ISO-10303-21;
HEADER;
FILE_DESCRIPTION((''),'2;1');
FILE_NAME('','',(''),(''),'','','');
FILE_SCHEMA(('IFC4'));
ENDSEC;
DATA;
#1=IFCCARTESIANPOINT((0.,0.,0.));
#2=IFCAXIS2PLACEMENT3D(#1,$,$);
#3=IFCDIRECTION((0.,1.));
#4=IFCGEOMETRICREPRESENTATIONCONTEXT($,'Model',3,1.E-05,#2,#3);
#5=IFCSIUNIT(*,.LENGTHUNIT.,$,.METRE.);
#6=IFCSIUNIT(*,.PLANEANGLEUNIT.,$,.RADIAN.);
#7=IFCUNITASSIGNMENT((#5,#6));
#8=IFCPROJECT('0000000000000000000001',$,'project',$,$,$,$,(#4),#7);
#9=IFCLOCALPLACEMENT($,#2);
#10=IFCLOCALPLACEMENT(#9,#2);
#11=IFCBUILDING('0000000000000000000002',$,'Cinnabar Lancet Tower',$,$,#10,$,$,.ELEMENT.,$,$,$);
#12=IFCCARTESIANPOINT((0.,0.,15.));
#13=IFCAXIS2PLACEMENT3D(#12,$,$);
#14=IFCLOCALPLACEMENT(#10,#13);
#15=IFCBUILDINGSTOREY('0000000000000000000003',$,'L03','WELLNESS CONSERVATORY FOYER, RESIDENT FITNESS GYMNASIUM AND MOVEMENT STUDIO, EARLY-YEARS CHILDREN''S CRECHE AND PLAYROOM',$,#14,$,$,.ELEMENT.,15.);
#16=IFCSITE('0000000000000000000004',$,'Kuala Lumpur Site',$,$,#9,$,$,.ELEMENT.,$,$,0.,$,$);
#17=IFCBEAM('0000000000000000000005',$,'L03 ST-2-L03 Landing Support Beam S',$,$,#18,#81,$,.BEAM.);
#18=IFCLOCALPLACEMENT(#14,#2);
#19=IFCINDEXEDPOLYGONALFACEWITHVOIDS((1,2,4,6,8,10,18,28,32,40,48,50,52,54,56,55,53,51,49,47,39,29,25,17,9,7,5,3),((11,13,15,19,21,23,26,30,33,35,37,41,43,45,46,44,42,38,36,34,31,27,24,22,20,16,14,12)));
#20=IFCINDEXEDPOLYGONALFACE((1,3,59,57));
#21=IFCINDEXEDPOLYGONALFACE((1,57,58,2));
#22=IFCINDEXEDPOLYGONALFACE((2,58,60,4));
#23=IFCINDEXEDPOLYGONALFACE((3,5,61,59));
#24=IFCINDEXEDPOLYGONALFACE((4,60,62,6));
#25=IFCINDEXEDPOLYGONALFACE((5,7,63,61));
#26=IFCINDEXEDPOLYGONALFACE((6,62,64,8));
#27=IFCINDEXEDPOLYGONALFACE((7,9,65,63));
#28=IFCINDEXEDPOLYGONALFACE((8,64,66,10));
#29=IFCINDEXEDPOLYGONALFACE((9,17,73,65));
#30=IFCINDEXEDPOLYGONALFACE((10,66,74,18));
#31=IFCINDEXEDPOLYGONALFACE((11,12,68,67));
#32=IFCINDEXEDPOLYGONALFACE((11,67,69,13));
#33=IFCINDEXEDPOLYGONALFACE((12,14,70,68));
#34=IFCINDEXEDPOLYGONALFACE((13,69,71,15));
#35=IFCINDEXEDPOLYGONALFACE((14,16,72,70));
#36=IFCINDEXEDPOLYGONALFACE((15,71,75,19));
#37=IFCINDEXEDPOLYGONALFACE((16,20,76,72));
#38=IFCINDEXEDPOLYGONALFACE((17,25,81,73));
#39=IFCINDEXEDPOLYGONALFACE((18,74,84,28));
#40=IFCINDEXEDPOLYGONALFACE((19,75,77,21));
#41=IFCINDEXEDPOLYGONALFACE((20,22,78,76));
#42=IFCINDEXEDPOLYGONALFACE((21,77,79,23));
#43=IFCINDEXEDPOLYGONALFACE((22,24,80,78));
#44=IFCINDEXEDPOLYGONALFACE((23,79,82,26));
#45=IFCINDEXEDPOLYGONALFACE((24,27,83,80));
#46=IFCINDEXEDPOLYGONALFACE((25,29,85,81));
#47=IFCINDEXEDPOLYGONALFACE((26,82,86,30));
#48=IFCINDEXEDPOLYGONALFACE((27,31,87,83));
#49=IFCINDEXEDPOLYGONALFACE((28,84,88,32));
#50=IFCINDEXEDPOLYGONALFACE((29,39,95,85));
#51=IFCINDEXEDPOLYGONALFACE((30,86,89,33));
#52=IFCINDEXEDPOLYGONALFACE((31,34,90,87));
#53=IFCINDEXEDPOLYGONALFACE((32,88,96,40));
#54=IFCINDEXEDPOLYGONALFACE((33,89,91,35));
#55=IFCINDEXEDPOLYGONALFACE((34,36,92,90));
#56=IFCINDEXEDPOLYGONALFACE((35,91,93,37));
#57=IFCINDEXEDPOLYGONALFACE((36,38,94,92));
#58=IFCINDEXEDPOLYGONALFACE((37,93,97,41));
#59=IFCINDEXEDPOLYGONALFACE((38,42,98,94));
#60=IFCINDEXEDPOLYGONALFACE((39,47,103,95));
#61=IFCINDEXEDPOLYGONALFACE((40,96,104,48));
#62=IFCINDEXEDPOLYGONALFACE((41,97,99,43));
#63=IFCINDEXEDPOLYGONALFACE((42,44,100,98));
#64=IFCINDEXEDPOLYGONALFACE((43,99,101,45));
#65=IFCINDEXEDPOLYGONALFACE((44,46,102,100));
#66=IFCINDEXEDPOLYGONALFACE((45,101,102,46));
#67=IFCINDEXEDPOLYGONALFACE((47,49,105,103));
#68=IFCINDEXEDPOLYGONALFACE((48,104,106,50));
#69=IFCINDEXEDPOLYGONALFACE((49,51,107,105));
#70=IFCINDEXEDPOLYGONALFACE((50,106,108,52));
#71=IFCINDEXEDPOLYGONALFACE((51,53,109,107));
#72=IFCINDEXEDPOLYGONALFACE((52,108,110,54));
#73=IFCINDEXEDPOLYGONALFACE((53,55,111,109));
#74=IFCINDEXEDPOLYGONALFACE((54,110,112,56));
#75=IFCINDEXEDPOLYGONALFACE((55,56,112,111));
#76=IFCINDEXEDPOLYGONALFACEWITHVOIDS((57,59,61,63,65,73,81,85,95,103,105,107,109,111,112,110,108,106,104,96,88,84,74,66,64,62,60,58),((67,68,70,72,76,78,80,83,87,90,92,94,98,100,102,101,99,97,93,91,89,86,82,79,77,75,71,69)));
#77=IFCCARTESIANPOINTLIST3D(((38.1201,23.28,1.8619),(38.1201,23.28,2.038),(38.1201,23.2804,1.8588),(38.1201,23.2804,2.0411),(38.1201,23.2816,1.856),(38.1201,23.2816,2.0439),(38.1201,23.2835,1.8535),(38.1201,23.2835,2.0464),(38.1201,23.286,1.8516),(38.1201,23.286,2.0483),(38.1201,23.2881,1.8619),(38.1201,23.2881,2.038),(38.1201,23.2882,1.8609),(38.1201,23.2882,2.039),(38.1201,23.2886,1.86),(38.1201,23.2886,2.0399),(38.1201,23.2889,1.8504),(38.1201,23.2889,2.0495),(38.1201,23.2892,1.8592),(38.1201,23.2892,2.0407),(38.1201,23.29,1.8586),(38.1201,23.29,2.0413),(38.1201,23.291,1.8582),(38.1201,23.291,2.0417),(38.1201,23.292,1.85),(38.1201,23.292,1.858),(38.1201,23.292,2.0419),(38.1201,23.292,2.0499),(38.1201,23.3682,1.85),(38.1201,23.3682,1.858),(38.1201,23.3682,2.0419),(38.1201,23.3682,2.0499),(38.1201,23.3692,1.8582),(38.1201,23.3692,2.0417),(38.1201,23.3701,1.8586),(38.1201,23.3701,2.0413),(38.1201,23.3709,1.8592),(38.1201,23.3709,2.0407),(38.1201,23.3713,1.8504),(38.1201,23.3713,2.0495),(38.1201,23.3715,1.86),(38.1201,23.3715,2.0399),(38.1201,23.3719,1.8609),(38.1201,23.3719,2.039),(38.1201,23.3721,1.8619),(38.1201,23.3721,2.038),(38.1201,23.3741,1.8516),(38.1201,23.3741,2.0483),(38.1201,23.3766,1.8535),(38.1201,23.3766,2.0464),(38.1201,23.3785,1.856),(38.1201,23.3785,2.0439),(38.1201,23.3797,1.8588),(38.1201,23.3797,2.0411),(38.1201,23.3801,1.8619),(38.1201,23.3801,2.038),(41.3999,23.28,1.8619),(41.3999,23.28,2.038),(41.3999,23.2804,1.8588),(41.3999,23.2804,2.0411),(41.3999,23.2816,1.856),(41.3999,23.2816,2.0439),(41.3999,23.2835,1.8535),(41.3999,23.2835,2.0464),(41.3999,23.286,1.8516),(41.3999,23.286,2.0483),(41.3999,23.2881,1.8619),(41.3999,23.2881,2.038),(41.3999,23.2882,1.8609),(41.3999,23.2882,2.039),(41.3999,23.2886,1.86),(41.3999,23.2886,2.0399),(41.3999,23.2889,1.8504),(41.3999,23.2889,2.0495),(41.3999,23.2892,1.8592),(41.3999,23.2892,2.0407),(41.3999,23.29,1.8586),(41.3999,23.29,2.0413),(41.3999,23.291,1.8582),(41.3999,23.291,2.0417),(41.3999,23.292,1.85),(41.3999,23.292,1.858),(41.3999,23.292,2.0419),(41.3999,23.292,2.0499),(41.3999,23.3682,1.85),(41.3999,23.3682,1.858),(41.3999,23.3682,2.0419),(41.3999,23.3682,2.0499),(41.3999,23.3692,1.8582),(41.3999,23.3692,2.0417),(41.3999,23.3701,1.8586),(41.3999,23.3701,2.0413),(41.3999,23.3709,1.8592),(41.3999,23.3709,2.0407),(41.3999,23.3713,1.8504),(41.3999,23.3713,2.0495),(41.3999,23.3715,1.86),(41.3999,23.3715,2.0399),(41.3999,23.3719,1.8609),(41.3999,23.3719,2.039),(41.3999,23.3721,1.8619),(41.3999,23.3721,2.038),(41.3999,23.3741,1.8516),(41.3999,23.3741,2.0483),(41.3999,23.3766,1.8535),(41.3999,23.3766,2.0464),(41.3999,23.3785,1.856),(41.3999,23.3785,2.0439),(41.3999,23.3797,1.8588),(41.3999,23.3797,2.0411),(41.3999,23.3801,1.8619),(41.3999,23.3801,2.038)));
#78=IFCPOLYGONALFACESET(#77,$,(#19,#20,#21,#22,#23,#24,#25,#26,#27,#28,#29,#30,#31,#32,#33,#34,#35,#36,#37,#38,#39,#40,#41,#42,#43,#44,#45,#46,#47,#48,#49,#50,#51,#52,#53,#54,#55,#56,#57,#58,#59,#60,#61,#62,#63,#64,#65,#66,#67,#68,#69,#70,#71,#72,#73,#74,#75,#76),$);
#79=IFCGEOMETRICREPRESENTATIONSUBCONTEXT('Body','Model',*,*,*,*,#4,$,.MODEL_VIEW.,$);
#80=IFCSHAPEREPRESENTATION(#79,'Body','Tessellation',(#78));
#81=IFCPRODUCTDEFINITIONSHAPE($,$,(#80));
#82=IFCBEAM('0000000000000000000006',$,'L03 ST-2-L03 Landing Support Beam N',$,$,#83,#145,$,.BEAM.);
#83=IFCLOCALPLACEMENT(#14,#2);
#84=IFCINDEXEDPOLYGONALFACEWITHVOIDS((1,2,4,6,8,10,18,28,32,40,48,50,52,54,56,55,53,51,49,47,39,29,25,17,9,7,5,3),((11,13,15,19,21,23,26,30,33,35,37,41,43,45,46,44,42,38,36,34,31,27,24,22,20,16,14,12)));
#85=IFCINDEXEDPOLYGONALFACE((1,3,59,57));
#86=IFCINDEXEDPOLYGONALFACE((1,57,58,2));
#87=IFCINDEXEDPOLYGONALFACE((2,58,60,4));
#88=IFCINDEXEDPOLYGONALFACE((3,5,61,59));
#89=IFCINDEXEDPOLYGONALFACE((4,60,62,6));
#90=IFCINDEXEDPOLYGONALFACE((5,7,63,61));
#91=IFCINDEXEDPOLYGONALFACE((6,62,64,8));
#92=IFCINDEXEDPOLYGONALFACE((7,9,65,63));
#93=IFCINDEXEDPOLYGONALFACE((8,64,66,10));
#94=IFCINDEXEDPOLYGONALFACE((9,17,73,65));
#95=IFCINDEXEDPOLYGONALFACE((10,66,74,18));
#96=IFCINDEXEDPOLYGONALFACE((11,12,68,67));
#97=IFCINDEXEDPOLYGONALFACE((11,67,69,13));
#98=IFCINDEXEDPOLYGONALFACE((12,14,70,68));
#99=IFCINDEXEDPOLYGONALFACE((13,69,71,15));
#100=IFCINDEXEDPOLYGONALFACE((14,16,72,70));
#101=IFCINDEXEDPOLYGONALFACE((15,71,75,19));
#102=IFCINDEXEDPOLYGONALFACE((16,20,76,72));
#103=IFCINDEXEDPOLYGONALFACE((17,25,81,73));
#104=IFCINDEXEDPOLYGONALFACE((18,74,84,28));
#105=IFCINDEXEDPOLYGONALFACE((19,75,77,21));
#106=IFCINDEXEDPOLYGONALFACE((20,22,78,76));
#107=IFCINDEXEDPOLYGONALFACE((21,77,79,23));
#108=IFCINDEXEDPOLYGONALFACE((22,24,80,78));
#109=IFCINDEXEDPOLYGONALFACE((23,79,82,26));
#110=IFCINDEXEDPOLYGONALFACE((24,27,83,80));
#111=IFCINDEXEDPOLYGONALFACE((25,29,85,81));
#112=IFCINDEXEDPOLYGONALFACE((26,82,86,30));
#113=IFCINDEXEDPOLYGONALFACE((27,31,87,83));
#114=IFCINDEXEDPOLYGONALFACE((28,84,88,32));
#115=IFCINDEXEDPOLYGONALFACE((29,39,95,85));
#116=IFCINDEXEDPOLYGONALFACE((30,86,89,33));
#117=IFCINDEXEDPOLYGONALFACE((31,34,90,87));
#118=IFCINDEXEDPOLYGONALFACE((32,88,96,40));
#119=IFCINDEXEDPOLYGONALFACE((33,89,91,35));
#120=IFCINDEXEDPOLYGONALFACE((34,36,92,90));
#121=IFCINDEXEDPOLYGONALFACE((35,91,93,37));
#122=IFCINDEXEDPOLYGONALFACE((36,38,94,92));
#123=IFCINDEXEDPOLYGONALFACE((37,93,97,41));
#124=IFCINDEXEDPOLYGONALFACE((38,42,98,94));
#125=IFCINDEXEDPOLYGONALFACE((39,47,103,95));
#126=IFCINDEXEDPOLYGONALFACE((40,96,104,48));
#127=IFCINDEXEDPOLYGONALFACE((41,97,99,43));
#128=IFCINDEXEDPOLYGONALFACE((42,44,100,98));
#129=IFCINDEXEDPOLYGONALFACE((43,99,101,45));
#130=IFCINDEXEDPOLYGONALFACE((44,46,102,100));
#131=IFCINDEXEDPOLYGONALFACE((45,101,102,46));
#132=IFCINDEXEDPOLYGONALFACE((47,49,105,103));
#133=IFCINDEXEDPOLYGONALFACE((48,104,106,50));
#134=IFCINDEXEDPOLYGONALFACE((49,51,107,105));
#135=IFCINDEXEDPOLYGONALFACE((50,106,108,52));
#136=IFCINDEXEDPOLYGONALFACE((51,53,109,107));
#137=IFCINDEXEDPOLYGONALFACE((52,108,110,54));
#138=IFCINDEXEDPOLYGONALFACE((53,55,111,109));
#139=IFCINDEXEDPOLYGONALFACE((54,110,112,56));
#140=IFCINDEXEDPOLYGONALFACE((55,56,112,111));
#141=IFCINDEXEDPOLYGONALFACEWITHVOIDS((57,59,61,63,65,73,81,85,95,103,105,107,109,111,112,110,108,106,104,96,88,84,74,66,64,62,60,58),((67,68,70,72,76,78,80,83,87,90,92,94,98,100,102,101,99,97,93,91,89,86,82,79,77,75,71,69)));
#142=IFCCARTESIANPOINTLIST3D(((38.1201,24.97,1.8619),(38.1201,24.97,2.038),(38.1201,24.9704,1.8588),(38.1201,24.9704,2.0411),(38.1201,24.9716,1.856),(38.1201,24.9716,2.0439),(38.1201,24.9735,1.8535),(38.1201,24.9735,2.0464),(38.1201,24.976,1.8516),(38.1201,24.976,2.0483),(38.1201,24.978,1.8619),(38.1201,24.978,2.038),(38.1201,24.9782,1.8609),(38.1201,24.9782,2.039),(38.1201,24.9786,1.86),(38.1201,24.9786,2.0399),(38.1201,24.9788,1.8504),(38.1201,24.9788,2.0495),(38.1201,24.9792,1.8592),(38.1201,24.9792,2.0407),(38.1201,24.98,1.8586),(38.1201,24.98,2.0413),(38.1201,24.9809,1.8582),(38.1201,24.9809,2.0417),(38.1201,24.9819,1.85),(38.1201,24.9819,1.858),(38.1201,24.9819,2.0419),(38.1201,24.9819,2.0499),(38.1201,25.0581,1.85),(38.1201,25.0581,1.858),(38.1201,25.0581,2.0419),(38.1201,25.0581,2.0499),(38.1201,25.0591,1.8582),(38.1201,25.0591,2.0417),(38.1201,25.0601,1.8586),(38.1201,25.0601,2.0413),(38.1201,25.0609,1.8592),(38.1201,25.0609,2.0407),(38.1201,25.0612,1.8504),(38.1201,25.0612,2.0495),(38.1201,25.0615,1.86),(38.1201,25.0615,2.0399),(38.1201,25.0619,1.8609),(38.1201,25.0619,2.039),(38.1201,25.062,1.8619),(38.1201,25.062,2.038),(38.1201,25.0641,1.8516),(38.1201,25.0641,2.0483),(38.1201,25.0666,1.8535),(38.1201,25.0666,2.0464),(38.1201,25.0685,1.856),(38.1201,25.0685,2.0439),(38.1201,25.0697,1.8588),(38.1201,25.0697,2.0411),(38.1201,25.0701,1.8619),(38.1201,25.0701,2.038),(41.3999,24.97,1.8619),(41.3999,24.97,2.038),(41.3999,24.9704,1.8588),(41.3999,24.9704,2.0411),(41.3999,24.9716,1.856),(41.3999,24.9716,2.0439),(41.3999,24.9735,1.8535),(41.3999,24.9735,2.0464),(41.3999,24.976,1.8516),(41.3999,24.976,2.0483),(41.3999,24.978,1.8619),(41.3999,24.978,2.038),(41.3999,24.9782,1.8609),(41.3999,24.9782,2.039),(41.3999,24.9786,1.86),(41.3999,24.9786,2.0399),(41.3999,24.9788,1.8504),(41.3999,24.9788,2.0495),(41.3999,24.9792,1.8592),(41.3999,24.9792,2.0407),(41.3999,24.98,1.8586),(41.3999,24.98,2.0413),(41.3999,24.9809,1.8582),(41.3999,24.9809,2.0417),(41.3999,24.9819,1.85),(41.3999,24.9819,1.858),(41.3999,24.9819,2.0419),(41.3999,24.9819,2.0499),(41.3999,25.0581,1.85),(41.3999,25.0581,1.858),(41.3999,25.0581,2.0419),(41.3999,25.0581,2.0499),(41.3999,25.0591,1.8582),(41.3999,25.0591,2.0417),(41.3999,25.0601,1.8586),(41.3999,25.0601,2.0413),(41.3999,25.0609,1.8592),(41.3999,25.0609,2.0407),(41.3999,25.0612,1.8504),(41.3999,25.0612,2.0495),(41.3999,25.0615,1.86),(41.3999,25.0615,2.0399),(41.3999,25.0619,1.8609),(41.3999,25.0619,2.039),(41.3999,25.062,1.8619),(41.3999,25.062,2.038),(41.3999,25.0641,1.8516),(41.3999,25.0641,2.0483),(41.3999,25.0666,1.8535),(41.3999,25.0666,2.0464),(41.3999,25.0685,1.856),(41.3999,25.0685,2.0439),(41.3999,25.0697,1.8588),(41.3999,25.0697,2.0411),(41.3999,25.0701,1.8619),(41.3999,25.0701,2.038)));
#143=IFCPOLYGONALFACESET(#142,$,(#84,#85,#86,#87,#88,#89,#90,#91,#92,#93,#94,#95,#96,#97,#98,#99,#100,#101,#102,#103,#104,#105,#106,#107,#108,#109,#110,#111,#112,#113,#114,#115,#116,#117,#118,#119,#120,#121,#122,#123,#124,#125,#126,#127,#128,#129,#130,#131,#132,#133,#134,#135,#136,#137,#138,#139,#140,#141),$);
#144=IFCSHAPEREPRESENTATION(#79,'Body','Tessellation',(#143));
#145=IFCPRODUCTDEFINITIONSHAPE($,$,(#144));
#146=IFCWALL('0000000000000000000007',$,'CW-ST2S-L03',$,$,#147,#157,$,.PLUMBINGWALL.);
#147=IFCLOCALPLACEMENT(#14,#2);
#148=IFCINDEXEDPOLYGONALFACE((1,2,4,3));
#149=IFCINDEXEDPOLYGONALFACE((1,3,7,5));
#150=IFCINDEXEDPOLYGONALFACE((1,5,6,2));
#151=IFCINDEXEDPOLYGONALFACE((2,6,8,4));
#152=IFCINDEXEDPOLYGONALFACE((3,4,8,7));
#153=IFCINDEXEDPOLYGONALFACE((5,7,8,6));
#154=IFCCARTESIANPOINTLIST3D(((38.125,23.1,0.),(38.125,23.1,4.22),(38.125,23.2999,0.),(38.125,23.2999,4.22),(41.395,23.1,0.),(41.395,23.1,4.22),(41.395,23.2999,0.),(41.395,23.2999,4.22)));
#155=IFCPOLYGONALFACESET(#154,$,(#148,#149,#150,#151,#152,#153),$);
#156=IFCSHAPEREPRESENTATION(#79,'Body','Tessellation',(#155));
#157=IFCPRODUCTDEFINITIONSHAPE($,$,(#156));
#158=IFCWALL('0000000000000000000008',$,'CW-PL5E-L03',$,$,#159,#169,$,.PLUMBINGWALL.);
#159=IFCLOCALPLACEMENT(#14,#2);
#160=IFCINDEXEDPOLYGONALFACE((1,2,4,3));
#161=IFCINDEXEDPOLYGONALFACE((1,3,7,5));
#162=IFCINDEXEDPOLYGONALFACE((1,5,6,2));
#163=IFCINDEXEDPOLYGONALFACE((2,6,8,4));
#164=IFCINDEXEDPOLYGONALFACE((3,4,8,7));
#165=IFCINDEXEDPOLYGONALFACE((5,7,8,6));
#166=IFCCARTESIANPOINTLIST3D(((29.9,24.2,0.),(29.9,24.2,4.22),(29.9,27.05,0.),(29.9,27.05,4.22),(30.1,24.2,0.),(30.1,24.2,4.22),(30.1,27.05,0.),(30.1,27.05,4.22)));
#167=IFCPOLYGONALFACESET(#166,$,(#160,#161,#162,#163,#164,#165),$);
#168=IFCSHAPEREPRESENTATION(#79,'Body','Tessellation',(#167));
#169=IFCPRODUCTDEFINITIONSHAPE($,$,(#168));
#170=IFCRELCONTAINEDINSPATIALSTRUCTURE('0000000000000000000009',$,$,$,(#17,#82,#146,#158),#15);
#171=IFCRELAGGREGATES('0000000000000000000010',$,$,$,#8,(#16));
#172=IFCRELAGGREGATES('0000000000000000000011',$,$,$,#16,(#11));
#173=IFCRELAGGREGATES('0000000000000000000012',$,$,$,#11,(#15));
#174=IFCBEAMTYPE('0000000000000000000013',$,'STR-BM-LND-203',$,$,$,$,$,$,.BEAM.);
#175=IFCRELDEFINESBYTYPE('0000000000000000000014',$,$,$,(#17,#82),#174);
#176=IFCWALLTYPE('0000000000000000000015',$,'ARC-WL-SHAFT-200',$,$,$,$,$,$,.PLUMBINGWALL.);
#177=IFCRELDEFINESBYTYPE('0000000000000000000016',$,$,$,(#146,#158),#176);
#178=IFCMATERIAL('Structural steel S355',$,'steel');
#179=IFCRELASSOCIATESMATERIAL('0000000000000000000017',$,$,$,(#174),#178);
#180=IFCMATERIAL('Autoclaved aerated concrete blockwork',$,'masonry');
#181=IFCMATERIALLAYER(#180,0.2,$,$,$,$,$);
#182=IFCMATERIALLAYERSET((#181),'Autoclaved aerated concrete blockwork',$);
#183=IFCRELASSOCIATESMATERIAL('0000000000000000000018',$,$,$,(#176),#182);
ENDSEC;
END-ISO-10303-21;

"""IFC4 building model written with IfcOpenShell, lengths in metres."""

from ifc_helpers import new_model, si_unit, direction, frame, frame_2d, origin, origin_2d, place, context, subcontext, project, spatial, rectangle, hollow_rectangle, extrude, material, layer, layer_set, material_profile, profile_set, type_object, element, save


model = new_model("IFC4")

# Units and contexts
model_context = context("Model", 3, precision=1e-05, world=origin(), true_north=direction((0.0, 1.0)))
body_context = subcontext(model_context, "Body", "Model", "MODEL_VIEW")
ifc_project = project(units=[si_unit("LENGTHUNIT", "METRE"), si_unit("PLANEANGLEUNIT", "RADIAN")], contexts=[model_context])

# Site, building, storey
site_placement = place(None, origin())
site = spatial("IfcSite", under=ifc_project, at=site_placement, Name="Kuala Lumpur Site", CompositionType="ELEMENT", RefElevation=0.0)
building_placement = place(site_placement, origin())
building = spatial("IfcBuilding", under=site, at=building_placement, Name="Cinnabar Lancet Tower", CompositionType="ELEMENT")
storey_placement = place(building_placement, frame((0.0, 0.0, 15.0)))
storey = spatial("IfcBuildingStorey", under=building, at=storey_placement, Name="L03", Description="WELLNESS CONSERVATORY FOYER, RESIDENT FITNESS GYMNASIUM AND MOVEMENT STUDIO, EARLY-YEARS CHILDREN'S CRECHE AND PLAYROOM", CompositionType="ELEMENT", Elevation=15.0)

# Beams
ifc_material_1 = material(Name="Structural steel S355", Category="steel")
ifc_material_profile = material_profile(ifc_material_1, hollow_rectangle(XDim=0.1001, YDim=0.2, WallThickness=0.0081, InnerFilletRadius=0.0039, OuterFilletRadius=0.012, at=origin_2d()), Name="RHS 200x100x8")
ifc_profile_set = profile_set([ifc_material_profile], Name="Structural steel S355")
beam_type = type_object("IfcBeamType", Name="STR-BM-LND-203", PredefinedType="BEAM", material=ifc_profile_set)
for number, where, z_axis, x_axis, name in (
    (1, (38.1201, 23.3301, 1.95), (1.0, 0.0, 0.0), (0.0, 1.0, 0.0), "L03 ST-2-L03 Landing Support Beam S"),
    (2, (38.1201, 25.02, 1.95), (1.0, 0.0, 0.0), (0.0, 1.0, 0.0), "L03 ST-2-L03 Landing Support Beam N"),
):
    element("IfcBeam", number, at=place(storey_placement, frame(where, z_axis=z_axis, x_axis=x_axis)), inside=storey, type_object=beam_type, Name=name, PredefinedType="BEAM", context=body_context, shape_type="SweptSolid", body=[
        extrude(hollow_rectangle(XDim=0.1001, YDim=0.2, WallThickness=0.0081, InnerFilletRadius=0.0039, OuterFilletRadius=0.012, at=origin_2d()), origin(), (0.0, 0.0, 1.0), 3.2798),
    ])

# Walls
ifc_material_2 = material(Name="Autoclaved aerated concrete blockwork", Category="masonry")
ifc_layer_1 = layer(ifc_material_2, 0.2)
ifc_layer_set_1 = layer_set([ifc_layer_1], Name="Autoclaved aerated concrete blockwork")
wall_type_1 = type_object("IfcWallType", Name="ARC-WL-SHAFT-200", PredefinedType="PLUMBINGWALL", material=ifc_layer_set_1)
wall_1_placement = place(storey_placement, frame((38.125, 23.2, 0.0), z_axis=(0.0, 0.0, 1.0), x_axis=(1.0, 0.0, 0.0)))
element("IfcWall", 3, at=wall_1_placement, inside=storey, type_object=wall_type_1, Name="CW-ST2S-L03", PredefinedType="PLUMBINGWALL", context=body_context, shape_type="SweptSolid", body=[
    extrude(rectangle(XDim=3.27, YDim=0.2, at=frame_2d((1.635, 0.0))), origin(), (0.0, 0.0, 1.0), 4.22),
])
wall_2_placement = place(storey_placement, frame((30.0, 24.2, 0.0), z_axis=(0.0, 0.0, 1.0), x_axis=(0.0, 1.0, 0.0)))
element("IfcWall", 4, at=wall_2_placement, inside=storey, type_object=wall_type_1, Name="CW-PL5E-L03", PredefinedType="PLUMBINGWALL", context=body_context, shape_type="SweptSolid", body=[
    extrude(rectangle(XDim=2.8501, YDim=0.2, at=frame_2d((1.425, 0.0))), origin(), (0.0, 0.0, 1.0), 4.22),
])

save(model, "model.ifc")
